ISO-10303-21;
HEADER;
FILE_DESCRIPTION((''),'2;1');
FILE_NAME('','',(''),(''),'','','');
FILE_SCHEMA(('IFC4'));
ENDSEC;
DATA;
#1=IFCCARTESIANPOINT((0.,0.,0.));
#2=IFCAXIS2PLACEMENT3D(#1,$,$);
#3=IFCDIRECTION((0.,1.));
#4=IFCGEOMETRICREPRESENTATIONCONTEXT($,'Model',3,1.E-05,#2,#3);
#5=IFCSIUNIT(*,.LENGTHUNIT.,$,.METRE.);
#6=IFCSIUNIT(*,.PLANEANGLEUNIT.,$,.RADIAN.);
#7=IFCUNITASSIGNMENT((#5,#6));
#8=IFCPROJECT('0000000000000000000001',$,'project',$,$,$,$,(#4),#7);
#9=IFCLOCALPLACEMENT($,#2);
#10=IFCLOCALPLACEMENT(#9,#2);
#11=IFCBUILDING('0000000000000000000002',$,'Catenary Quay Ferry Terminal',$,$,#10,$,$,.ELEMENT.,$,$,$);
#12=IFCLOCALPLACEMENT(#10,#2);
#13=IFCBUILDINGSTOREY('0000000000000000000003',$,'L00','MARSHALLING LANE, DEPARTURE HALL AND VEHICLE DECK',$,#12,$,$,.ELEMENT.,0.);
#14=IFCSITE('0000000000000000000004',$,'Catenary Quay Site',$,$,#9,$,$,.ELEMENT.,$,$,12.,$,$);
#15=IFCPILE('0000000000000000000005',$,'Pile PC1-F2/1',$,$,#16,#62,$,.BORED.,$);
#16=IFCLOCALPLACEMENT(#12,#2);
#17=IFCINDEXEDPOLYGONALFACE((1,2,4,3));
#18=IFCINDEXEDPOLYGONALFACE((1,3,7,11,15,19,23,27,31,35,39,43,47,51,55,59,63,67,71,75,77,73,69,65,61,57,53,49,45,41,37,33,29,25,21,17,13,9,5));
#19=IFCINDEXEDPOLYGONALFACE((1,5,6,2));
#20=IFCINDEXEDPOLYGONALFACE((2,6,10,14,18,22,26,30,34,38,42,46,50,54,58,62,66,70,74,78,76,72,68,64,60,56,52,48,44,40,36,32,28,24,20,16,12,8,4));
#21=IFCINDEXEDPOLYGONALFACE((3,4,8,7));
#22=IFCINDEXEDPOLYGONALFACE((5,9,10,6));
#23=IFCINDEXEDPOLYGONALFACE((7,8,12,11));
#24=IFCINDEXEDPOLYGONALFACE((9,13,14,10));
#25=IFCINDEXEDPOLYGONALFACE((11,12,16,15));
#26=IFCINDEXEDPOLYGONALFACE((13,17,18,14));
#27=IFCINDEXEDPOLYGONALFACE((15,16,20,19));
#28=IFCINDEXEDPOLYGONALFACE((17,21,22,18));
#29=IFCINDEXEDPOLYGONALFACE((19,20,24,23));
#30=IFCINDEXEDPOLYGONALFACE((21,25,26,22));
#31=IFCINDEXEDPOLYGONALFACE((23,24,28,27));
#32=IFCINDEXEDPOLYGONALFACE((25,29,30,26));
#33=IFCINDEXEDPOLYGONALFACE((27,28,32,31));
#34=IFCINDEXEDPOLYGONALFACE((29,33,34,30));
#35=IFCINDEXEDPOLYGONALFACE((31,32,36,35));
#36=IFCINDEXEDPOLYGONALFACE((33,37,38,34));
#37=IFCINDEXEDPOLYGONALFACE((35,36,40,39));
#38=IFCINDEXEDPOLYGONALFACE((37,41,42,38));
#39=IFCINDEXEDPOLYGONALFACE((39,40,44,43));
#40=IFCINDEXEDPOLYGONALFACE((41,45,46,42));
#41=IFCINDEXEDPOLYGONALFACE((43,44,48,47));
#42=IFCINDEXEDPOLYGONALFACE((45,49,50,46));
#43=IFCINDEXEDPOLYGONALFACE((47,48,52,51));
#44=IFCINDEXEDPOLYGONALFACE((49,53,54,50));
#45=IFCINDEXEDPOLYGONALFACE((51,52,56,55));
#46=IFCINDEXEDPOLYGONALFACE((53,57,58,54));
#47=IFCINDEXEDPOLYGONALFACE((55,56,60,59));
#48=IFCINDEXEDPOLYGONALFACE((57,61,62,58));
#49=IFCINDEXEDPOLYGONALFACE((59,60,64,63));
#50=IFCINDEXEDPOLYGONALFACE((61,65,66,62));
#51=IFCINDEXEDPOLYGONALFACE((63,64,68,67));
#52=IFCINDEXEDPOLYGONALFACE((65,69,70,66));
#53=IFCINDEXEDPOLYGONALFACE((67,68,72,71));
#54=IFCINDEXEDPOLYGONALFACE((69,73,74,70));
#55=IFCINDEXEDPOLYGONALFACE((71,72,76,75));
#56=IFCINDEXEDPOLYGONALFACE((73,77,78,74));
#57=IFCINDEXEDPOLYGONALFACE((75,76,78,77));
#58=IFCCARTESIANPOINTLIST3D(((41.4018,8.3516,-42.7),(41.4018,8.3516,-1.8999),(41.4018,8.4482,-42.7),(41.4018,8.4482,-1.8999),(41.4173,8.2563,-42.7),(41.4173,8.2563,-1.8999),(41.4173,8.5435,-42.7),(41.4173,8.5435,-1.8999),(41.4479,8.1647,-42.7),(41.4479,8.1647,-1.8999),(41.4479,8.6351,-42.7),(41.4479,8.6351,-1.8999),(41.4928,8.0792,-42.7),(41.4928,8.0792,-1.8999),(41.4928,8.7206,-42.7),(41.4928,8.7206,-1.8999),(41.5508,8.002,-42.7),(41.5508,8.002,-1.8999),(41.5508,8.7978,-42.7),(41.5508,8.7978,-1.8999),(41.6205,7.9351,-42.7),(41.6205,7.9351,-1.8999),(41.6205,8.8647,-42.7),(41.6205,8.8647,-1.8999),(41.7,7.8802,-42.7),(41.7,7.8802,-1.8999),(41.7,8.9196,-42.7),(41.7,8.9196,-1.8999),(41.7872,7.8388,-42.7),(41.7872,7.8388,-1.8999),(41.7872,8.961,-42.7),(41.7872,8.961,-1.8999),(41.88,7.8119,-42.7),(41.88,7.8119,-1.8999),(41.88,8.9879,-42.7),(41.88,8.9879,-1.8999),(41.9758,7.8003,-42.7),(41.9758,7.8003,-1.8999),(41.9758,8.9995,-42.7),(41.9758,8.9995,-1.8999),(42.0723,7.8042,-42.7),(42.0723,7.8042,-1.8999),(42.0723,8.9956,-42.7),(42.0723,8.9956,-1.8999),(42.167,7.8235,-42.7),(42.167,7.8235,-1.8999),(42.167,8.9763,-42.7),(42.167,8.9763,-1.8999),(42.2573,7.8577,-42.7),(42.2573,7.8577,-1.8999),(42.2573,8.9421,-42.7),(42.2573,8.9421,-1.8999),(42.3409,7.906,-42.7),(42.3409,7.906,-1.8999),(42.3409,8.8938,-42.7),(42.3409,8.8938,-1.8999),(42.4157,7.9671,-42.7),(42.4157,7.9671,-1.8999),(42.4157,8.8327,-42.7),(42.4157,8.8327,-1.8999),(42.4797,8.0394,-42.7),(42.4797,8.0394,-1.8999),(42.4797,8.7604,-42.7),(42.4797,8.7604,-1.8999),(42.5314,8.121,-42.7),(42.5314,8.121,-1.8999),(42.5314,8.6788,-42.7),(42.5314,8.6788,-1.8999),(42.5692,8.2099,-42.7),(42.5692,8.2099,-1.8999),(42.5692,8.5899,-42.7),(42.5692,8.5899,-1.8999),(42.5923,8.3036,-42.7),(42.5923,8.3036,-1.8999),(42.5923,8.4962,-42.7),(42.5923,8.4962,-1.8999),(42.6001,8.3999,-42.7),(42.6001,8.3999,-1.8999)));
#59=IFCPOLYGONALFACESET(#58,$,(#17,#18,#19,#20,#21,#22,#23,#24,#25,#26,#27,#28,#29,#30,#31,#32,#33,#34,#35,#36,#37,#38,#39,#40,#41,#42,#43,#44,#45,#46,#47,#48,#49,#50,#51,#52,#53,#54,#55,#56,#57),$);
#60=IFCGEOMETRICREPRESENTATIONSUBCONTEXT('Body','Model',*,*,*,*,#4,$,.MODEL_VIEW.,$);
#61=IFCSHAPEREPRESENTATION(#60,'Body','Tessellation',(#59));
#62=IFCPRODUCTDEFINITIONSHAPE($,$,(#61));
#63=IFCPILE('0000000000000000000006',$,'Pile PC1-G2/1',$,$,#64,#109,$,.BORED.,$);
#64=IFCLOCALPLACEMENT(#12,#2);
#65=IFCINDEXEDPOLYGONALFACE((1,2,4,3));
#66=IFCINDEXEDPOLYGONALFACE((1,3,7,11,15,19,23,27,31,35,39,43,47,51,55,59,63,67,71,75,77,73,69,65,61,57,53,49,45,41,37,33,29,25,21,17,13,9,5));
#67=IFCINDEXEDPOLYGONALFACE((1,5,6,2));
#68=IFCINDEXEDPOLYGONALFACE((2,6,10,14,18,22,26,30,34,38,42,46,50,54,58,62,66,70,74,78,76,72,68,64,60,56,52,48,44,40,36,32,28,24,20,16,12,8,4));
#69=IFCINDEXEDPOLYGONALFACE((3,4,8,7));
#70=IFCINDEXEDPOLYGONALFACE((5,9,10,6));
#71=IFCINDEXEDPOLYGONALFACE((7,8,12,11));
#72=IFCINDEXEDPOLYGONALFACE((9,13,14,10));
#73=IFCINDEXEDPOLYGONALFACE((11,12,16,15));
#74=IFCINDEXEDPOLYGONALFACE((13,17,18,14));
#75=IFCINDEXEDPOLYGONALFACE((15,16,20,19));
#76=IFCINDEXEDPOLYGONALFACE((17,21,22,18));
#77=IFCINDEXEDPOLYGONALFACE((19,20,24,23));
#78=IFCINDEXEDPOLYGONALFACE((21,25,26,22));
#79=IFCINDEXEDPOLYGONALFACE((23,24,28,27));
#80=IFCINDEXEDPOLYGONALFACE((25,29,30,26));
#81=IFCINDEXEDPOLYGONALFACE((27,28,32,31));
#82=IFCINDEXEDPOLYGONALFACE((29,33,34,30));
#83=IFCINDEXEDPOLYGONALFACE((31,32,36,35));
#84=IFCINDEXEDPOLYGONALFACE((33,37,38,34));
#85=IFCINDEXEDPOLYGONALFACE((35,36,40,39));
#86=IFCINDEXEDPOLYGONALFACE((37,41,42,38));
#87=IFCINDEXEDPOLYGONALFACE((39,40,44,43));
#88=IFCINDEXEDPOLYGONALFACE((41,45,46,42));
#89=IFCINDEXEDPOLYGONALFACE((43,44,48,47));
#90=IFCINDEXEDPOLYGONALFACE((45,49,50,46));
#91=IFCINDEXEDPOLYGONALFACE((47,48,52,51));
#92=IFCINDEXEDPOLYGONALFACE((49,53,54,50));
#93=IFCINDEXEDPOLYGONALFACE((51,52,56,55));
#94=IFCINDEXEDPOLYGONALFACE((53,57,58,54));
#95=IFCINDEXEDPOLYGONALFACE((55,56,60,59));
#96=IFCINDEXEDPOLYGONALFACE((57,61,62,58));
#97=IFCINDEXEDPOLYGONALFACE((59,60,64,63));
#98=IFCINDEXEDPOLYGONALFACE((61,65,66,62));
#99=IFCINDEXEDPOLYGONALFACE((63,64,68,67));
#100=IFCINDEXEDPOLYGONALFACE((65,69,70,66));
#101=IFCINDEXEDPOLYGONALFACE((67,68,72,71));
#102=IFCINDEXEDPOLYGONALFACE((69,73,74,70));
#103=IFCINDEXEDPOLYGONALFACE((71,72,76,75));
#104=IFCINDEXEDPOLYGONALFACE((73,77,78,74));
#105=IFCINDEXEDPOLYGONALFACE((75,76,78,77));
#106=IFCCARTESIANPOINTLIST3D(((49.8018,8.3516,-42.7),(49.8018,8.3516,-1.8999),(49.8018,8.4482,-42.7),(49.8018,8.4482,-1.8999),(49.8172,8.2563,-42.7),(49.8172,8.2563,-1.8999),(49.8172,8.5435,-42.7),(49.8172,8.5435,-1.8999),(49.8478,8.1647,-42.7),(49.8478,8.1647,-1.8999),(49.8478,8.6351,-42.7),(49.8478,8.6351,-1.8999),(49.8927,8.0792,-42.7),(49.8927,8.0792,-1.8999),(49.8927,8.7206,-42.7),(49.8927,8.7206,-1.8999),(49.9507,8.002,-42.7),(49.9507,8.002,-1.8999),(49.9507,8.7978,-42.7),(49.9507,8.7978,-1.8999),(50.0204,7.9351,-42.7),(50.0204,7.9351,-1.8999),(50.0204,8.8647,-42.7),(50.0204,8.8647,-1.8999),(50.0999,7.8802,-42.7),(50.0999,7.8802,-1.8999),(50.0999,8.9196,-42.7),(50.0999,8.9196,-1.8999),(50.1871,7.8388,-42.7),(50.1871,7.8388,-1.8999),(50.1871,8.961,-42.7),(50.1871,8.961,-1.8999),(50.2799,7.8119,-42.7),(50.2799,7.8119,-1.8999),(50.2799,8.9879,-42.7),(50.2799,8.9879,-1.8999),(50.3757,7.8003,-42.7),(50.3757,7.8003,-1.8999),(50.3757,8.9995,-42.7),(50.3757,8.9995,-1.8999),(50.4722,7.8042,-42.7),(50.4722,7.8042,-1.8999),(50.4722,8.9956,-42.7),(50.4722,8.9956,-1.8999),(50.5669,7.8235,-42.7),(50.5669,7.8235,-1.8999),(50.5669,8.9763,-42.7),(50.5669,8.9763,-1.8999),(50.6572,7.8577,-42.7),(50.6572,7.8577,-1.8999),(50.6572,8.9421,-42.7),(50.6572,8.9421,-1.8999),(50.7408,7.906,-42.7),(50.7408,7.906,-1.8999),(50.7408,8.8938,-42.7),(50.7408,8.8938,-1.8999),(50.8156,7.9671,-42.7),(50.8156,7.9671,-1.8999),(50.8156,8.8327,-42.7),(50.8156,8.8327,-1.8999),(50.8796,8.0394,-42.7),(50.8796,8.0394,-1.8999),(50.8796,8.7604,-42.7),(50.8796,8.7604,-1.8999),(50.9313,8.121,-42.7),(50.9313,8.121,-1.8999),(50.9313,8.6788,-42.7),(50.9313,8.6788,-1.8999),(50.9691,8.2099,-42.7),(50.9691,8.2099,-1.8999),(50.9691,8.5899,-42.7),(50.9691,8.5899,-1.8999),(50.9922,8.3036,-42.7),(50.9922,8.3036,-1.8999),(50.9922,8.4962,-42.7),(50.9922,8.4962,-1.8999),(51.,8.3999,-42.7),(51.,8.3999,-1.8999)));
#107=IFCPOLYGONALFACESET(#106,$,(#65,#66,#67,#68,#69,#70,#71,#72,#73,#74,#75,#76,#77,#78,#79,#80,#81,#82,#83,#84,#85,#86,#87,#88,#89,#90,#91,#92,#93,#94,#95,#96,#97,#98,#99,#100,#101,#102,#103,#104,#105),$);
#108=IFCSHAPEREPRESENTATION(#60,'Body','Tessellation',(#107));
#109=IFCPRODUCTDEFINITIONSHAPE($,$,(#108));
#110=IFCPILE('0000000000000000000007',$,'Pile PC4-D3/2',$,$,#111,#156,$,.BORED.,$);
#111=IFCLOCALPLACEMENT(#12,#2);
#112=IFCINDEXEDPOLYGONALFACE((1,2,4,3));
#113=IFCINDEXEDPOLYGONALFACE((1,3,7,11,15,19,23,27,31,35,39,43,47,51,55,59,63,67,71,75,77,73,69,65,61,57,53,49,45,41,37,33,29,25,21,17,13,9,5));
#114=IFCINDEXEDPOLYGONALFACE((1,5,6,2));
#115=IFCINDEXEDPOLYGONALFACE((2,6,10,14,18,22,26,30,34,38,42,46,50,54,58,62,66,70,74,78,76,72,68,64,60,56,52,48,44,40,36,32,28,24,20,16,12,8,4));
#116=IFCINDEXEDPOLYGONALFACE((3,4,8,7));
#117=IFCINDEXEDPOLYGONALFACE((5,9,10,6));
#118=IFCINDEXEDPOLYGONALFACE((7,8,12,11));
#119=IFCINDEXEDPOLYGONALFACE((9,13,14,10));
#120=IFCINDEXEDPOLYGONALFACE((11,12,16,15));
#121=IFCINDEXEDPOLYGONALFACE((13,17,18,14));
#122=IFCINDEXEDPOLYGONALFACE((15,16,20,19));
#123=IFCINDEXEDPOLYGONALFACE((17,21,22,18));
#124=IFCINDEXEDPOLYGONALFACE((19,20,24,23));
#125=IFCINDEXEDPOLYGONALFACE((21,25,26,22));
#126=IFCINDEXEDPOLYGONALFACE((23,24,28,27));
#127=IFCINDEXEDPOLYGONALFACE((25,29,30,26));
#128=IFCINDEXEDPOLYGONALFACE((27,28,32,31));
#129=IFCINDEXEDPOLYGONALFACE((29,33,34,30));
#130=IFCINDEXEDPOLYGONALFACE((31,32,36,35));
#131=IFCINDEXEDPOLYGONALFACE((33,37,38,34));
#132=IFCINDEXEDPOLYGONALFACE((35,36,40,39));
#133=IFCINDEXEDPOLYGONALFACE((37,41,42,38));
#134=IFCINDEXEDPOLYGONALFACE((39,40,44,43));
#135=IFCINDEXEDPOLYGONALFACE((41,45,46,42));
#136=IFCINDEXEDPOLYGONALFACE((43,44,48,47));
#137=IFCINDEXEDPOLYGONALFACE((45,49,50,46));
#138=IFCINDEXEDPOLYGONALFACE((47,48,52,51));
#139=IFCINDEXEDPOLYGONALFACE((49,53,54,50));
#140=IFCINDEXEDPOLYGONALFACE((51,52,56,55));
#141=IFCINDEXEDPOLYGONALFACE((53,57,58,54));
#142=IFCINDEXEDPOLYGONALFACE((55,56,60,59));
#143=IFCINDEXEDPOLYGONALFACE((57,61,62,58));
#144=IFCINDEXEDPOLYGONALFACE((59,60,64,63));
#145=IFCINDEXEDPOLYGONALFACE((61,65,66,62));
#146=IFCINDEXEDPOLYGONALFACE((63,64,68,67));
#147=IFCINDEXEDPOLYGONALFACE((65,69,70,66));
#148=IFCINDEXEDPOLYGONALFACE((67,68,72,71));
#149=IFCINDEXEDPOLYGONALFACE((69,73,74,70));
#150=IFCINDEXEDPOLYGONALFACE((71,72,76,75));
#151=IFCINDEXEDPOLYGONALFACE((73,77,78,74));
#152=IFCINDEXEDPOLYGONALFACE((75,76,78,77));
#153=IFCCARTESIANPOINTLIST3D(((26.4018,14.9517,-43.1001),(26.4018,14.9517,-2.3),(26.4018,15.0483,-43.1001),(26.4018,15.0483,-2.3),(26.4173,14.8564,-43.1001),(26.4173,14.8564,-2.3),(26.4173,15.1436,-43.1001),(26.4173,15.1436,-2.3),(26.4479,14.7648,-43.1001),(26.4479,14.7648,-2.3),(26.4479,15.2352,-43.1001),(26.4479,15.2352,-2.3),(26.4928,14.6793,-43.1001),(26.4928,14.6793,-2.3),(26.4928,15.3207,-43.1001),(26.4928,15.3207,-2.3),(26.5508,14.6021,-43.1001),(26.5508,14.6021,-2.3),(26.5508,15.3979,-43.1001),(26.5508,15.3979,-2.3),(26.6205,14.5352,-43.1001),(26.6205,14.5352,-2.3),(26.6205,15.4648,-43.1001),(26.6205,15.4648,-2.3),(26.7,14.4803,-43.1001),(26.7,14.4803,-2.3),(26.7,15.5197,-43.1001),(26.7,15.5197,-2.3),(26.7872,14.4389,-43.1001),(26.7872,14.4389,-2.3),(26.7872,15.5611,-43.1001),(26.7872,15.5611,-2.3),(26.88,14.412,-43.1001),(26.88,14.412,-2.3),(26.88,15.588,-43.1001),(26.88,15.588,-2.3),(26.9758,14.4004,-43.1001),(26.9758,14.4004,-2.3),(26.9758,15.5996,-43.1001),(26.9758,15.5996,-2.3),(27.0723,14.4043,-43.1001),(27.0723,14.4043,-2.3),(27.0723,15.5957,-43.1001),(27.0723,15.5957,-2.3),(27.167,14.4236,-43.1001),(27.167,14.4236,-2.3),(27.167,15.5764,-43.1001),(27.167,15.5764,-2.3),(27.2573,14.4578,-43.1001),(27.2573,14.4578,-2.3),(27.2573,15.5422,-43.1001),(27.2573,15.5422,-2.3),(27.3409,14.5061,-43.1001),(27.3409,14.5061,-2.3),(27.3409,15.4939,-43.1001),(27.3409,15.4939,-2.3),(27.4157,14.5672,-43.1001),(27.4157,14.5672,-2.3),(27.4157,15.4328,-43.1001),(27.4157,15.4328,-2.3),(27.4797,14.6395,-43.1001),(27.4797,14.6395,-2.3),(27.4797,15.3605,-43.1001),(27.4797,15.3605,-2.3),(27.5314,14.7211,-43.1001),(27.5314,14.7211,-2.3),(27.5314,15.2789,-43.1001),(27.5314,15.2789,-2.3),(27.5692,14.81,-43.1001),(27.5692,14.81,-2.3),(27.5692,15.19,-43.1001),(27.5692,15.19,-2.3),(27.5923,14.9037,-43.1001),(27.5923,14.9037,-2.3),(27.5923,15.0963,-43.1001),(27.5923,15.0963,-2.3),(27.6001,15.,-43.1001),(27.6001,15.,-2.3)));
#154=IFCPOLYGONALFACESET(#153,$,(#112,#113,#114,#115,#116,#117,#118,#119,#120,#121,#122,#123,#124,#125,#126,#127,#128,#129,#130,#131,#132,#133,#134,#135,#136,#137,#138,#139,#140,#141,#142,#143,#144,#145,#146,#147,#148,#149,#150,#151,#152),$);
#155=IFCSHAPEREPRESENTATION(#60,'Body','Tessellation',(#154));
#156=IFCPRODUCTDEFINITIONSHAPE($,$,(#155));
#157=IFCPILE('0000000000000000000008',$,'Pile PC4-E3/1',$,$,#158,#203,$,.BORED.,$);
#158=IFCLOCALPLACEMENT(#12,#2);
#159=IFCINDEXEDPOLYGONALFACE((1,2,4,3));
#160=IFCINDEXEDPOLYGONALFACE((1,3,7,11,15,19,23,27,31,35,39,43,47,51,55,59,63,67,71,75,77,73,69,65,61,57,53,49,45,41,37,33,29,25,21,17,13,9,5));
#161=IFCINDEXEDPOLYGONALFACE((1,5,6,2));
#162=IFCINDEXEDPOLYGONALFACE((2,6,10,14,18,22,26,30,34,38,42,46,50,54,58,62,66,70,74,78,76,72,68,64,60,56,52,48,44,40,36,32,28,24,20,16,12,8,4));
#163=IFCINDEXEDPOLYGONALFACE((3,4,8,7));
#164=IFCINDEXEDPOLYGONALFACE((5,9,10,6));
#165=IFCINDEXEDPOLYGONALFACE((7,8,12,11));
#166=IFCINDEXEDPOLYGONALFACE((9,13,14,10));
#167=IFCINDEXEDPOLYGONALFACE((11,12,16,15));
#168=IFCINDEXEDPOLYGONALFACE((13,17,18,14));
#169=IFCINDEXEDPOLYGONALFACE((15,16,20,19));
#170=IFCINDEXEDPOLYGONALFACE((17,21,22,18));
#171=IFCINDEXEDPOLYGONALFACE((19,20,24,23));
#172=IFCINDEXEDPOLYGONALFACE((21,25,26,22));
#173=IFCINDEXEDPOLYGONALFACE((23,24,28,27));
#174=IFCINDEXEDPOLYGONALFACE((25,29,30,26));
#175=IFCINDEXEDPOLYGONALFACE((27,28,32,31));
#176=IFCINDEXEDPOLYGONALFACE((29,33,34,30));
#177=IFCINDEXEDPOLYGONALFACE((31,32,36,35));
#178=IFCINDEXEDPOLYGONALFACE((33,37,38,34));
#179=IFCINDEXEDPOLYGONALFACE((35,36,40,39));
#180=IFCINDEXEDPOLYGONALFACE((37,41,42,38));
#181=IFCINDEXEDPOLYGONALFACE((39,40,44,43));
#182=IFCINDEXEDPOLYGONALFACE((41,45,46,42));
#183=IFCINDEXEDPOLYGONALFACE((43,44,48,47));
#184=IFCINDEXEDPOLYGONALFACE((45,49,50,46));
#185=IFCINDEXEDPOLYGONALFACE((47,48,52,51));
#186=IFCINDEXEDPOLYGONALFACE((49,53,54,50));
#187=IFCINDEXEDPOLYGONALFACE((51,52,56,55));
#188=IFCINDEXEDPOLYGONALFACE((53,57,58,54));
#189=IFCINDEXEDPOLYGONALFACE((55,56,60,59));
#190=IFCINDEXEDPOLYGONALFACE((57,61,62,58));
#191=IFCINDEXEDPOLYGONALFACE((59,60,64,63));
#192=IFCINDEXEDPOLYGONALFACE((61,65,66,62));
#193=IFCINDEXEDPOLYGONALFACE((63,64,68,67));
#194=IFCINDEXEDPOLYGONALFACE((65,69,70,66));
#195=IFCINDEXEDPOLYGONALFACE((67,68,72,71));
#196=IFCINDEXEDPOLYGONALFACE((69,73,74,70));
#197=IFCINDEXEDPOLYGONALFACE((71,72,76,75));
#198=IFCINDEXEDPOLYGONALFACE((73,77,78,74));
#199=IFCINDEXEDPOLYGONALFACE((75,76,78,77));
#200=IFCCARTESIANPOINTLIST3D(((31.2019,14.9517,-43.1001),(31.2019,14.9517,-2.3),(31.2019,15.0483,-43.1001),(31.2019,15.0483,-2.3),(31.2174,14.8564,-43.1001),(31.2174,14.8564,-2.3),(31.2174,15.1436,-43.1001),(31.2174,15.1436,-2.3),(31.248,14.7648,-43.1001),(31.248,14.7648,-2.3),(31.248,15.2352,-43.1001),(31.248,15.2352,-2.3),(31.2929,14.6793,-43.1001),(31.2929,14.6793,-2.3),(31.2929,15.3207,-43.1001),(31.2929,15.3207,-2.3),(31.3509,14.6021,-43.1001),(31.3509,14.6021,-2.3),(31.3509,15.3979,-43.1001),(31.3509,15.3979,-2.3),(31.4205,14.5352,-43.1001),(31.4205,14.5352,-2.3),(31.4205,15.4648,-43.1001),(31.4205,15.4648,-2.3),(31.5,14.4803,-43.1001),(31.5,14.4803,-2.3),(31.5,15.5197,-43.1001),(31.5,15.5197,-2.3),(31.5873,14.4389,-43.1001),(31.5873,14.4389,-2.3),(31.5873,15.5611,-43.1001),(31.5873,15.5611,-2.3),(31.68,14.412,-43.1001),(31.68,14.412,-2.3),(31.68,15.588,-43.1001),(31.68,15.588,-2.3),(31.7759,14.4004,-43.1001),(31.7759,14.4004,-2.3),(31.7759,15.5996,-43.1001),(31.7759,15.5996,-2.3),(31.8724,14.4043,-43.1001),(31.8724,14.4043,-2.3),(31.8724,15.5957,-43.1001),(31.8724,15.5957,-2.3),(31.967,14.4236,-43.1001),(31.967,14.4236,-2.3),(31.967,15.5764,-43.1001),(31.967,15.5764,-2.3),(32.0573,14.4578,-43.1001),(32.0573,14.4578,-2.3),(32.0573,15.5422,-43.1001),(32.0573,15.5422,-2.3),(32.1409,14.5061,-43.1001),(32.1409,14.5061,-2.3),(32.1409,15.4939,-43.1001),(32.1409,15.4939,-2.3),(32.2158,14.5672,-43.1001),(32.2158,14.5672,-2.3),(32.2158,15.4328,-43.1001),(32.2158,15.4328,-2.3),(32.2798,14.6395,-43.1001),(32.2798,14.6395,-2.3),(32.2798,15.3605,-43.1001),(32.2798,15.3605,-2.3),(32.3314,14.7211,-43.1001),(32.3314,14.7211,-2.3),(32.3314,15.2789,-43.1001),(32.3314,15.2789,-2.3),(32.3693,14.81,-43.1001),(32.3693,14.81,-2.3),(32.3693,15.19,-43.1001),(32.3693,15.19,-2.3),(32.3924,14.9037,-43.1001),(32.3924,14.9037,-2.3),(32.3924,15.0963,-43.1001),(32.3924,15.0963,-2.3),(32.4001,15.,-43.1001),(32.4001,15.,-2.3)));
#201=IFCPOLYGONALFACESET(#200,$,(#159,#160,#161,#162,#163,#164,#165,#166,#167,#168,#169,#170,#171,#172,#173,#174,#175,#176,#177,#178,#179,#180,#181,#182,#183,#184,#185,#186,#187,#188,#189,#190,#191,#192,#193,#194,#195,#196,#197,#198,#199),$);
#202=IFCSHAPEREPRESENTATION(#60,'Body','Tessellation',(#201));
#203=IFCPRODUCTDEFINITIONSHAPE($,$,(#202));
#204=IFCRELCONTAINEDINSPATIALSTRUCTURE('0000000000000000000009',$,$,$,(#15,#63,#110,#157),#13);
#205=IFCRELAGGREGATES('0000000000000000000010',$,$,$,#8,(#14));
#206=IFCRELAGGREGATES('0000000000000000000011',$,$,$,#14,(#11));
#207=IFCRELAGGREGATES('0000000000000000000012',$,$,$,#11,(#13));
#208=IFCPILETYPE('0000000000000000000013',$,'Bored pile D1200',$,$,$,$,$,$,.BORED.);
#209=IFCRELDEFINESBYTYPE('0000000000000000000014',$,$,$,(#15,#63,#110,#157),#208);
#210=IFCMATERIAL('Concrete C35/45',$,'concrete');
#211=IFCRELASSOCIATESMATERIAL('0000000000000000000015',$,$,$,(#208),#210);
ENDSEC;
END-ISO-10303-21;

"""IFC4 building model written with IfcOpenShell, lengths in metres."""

from ifc_helpers import new_model, si_unit, direction, frame, origin, origin_2d, place, context, subcontext, project, spatial, circle, extrude, material, material_profile, profile_set, type_object, element, save


model = new_model("IFC4")

# Units and contexts
model_context = context("Model", 3, precision=1e-05, world=origin(), true_north=direction((0.0, 1.0)))
body_context = subcontext(model_context, "Body", "Model", "MODEL_VIEW")
ifc_project = project(units=[si_unit("LENGTHUNIT", "METRE"), si_unit("PLANEANGLEUNIT", "RADIAN")], contexts=[model_context])

# Site, building, storey
site_placement = place(None, origin())
site = spatial("IfcSite", under=ifc_project, at=site_placement, Name="Catenary Quay Site", CompositionType="ELEMENT", RefElevation=12.0)
building_placement = place(site_placement, origin())
building = spatial("IfcBuilding", under=site, at=building_placement, Name="Catenary Quay Ferry Terminal", CompositionType="ELEMENT")
storey_placement = place(building_placement, origin())
storey = spatial("IfcBuildingStorey", under=building, at=storey_placement, Name="L00", Description="MARSHALLING LANE, DEPARTURE HALL AND VEHICLE DECK", CompositionType="ELEMENT", Elevation=0.0)

# Piles
ifc_material_1 = material(Name="Concrete C35/45", Category="concrete")
ifc_material_profile_1 = material_profile(ifc_material_1, circle(Radius=0.6001, at=origin_2d()), Name="D1200")
ifc_profile_set_1 = profile_set([ifc_material_profile_1], Name="Concrete C35/45")
pile_type = type_object("IfcPileType", Name="Bored pile D1200", PredefinedType="BORED", material=ifc_profile_set_1)
for number, where, z_axis, x_axis, name in (
    (1, (42.0, 8.3999, -1.8999), (0.0, 0.0, -1.0), (1.0, 0.0, 0.0), "Pile PC1-F2/1"),
    (2, (50.3999, 8.3999, -1.8999), (0.0, 0.0, -1.0), (1.0, 0.0, 0.0), "Pile PC1-G2/1"),
    (3, (27.0, 15.0, -2.3), (0.0, 0.0, -1.0), (1.0, 0.0, 0.0), "Pile PC4-D3/2"),
    (4, (31.8, 15.0, -2.3), (0.0, 0.0, -1.0), (1.0, 0.0, 0.0), "Pile PC4-E3/1"),
):
    element("IfcPile", number, at=place(storey_placement, frame(where, z_axis=z_axis, x_axis=x_axis)), inside=storey, type_object=pile_type, Name=name, PredefinedType="BORED", context=body_context, shape_type="SweptSolid", body=[
        extrude(circle(Radius=0.6001, at=origin_2d()), origin(), (0.0, 0.0, 1.0), 40.8),
    ])

save(model, "model.ifc")
